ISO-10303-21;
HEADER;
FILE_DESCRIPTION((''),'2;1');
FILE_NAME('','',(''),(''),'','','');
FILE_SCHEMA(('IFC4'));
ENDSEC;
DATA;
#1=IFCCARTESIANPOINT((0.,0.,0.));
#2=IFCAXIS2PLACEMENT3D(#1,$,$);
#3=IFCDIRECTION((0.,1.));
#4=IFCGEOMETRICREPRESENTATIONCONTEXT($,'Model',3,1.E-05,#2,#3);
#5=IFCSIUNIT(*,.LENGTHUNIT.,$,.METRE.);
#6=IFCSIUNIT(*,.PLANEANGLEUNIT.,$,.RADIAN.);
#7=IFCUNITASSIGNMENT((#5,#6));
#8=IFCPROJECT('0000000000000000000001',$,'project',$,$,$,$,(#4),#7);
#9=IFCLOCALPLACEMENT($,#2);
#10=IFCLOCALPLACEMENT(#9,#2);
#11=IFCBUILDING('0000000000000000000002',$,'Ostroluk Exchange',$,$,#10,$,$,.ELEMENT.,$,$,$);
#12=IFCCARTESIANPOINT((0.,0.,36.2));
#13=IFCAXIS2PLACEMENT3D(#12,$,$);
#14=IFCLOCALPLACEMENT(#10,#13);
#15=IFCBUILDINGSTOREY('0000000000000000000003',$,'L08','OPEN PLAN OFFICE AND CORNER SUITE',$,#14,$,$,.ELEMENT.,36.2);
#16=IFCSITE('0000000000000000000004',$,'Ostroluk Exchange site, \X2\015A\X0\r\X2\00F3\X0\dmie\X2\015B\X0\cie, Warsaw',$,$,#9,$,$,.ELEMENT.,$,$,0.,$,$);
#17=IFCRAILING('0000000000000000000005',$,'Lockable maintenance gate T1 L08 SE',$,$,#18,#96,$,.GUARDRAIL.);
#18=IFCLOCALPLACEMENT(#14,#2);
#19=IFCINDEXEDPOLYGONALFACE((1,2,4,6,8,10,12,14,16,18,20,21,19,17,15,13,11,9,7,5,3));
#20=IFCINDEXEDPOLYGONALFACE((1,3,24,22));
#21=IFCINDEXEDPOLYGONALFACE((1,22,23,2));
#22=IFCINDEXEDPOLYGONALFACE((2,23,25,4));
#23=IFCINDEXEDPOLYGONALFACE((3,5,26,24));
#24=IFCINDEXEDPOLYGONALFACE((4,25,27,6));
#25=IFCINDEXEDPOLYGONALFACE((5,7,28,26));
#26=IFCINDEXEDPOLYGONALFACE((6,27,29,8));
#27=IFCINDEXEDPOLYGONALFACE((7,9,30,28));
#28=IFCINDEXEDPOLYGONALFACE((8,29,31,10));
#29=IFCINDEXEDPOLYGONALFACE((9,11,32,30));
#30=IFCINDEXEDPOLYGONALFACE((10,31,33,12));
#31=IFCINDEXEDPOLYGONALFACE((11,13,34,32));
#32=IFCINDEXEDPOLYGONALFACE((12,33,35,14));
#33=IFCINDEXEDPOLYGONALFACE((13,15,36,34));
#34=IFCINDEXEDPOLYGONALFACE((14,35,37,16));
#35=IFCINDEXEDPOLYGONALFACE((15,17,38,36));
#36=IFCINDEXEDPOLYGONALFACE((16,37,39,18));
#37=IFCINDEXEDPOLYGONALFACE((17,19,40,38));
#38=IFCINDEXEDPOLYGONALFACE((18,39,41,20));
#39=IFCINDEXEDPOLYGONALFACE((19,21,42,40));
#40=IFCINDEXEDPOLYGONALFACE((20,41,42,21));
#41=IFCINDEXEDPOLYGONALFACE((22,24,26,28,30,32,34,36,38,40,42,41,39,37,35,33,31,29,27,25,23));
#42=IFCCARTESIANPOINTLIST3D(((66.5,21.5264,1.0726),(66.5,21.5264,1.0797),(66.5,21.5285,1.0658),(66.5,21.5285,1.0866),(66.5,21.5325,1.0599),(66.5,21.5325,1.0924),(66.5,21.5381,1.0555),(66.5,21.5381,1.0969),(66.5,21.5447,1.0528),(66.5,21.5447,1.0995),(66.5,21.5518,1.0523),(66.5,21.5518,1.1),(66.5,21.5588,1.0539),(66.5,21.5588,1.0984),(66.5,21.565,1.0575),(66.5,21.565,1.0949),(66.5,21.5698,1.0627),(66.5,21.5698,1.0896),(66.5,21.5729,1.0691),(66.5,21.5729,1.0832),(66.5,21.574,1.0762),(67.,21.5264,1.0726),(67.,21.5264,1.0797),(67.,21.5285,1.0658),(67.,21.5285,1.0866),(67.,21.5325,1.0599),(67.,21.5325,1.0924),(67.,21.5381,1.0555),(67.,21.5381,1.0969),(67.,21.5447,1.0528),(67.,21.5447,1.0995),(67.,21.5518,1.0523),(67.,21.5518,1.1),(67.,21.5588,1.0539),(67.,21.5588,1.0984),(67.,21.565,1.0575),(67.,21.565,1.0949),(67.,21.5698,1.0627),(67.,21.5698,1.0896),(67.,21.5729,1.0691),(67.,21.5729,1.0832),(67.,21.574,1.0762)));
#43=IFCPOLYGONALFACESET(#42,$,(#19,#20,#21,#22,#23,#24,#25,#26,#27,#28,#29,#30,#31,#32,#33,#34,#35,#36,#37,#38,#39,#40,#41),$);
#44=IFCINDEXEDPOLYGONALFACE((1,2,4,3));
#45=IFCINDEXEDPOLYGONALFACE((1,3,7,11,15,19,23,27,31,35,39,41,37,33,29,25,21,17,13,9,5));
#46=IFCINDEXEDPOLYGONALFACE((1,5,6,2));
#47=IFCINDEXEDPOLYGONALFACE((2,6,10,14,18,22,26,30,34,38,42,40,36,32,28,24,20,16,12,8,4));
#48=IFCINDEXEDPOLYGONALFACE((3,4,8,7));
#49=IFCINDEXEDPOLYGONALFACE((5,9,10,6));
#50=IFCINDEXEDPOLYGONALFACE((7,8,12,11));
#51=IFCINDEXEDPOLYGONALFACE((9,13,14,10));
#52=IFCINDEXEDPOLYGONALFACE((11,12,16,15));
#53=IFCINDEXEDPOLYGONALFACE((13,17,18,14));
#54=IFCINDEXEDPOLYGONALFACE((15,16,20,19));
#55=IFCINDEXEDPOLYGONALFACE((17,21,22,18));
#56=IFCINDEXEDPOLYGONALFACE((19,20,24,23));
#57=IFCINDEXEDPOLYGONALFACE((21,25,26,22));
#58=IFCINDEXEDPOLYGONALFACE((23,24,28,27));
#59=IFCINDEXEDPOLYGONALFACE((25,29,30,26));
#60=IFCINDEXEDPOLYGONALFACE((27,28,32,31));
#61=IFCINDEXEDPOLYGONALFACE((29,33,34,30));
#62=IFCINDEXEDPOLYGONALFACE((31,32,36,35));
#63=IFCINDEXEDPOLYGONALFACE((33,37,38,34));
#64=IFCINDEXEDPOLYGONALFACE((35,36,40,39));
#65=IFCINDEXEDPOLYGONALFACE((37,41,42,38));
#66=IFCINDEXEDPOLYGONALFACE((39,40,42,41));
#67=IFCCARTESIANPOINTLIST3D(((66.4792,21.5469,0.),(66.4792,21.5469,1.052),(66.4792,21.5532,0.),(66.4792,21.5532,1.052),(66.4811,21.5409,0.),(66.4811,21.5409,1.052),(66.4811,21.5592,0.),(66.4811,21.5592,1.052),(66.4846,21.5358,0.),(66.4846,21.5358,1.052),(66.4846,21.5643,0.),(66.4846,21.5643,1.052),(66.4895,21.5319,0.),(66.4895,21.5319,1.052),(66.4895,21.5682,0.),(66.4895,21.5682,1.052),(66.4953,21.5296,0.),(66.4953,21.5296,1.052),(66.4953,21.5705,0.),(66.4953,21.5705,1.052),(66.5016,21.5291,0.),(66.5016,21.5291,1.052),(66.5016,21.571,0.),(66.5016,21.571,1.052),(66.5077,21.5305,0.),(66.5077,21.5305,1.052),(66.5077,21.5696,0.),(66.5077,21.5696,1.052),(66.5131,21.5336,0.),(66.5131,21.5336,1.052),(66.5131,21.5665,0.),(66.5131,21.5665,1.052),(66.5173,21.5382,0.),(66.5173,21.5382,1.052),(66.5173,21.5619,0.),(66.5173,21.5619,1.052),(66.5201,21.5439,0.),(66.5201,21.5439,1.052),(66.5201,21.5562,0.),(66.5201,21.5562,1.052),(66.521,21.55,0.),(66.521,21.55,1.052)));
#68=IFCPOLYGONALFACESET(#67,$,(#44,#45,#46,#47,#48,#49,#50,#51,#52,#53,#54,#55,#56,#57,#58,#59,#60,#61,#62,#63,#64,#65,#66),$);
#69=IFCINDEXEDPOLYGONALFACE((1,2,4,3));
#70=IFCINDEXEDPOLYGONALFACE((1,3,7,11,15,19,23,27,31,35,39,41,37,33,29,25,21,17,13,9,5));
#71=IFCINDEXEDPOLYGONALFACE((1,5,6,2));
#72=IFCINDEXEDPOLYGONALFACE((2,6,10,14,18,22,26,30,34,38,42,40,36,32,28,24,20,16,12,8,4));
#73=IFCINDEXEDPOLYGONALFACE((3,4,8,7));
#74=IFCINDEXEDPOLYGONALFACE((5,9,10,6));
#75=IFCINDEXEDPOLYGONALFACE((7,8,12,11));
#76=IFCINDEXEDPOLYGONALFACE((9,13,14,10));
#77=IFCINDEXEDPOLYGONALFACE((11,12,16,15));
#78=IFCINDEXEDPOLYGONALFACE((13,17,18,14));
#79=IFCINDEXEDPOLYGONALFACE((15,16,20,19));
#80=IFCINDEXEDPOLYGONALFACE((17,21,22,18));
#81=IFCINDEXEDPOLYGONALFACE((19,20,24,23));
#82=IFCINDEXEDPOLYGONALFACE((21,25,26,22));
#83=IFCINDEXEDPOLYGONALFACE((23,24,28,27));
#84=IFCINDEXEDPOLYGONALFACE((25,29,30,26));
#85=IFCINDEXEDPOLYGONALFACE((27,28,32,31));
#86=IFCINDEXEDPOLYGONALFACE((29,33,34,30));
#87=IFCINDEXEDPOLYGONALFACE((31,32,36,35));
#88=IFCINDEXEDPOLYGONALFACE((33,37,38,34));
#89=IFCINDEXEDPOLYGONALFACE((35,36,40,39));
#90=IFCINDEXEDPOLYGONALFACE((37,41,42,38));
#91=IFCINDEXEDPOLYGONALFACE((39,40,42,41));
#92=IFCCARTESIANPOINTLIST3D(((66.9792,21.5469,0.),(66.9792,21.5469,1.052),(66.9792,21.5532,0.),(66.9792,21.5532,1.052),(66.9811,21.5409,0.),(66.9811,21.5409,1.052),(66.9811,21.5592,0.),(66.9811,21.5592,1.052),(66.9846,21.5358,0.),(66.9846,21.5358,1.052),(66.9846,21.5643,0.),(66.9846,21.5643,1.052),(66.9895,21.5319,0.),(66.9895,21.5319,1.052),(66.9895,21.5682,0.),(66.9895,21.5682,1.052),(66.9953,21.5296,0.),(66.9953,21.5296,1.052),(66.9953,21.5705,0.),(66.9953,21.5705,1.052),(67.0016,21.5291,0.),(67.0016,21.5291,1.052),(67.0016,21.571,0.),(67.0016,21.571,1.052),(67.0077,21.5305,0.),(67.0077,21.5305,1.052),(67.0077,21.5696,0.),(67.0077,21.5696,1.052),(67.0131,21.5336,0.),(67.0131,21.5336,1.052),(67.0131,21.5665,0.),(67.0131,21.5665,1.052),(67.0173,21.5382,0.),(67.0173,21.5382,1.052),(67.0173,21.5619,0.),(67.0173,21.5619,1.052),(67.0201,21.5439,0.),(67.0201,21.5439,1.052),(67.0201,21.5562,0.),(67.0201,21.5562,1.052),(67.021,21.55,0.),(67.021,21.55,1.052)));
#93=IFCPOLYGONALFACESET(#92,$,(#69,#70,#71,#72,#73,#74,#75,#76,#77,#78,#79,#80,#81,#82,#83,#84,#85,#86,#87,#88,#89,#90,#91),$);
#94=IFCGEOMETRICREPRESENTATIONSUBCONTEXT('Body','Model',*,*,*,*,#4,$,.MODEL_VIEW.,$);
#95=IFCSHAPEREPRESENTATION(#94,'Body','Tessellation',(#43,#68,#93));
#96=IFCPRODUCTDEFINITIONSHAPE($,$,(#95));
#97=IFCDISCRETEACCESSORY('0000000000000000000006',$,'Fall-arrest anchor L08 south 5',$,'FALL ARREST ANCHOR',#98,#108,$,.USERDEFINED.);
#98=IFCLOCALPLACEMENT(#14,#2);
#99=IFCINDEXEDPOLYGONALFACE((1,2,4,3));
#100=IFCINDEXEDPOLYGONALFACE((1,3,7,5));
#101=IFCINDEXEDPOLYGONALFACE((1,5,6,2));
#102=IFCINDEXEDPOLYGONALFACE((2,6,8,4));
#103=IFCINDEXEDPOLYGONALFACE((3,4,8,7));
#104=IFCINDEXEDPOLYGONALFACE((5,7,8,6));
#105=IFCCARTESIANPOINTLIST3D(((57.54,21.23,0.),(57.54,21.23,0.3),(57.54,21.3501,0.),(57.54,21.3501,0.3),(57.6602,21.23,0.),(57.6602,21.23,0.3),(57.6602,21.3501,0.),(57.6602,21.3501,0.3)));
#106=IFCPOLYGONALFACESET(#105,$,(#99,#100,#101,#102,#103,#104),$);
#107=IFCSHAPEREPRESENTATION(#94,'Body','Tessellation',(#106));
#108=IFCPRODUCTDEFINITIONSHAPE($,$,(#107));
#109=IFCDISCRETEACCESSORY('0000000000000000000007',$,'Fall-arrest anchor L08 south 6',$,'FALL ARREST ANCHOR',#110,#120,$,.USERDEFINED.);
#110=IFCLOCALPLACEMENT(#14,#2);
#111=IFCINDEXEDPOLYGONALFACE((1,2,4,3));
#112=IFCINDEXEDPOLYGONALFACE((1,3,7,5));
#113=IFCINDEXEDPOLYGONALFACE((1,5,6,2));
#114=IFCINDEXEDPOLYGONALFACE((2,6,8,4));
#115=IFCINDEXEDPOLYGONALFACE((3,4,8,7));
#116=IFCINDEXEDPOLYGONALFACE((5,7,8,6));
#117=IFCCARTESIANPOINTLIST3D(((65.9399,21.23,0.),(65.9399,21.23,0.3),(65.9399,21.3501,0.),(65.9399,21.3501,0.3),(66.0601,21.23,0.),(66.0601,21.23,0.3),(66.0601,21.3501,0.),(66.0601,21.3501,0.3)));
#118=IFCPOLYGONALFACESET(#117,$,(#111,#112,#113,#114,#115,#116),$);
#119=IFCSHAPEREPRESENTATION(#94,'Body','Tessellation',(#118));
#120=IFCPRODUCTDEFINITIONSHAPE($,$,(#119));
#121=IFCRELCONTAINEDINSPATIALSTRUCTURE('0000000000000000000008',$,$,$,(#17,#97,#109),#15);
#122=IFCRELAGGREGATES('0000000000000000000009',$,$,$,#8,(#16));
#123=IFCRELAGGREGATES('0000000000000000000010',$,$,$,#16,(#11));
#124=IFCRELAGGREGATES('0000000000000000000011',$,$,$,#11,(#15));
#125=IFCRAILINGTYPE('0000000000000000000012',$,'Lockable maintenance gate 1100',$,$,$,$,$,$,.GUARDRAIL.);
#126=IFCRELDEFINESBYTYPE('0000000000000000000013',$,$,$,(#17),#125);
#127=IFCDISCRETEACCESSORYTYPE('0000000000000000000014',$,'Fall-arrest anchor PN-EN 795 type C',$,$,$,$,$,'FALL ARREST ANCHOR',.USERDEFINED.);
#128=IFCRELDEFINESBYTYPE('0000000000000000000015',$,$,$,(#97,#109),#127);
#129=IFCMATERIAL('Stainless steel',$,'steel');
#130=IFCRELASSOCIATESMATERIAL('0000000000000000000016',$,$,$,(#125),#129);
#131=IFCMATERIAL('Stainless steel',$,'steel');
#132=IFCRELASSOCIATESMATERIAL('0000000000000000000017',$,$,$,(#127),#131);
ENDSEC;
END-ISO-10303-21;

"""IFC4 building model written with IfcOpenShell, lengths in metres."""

from ifc_helpers import new_model, si_unit, direction, frame, origin, origin_2d, place, context, subcontext, project, spatial, rectangle, circle, extrude, material, type_object, element, save


model = new_model("IFC4")

# Units and contexts
model_context = context("Model", 3, precision=1e-05, world=origin(), true_north=direction((0.0, 1.0)))
body_context = subcontext(model_context, "Body", "Model", "MODEL_VIEW")
ifc_project = project(units=[si_unit("LENGTHUNIT", "METRE"), si_unit("PLANEANGLEUNIT", "RADIAN")], contexts=[model_context])

# Site, building, storey
site_placement = place(None, origin())
site = spatial("IfcSite", under=ifc_project, at=site_placement, Name="Ostroluk Exchange site, Śródmieście, Warsaw", CompositionType="ELEMENT", RefElevation=0.0)
building_placement = place(site_placement, origin())
building = spatial("IfcBuilding", under=site, at=building_placement, Name="Ostroluk Exchange", CompositionType="ELEMENT")
storey_placement = place(building_placement, frame((0.0, 0.0, 36.2)))
storey = spatial("IfcBuildingStorey", under=building, at=storey_placement, Name="L08", Description="OPEN PLAN OFFICE AND CORNER SUITE", CompositionType="ELEMENT", Elevation=36.2)

# Railing
ifc_material_1 = material(Name="Stainless steel", Category="steel")
railing_type_1 = type_object("IfcRailingType", Name="Lockable maintenance gate 1100", PredefinedType="GUARDRAIL", material=ifc_material_1)
railing_1_placement = place(storey_placement, frame((66.5, 21.55, 0.0)))
element("IfcRailing", 1, at=railing_1_placement, inside=storey, type_object=railing_type_1, Name="Lockable maintenance gate T1 L08 SE", PredefinedType="GUARDRAIL", context=body_context, shape_type="SweptSolid", body=[
    extrude(circle(Radius=0.0239, at=origin_2d()), frame((0.0, 0.0, 1.0762), z_axis=(1.0, 0.0, 0.0), x_axis=(0.0, 1.0, 0.0)), (0.0, 0.0, 1.0), 0.5),
    extrude(circle(Radius=0.021, at=origin_2d()), origin(), (0.0, 0.0, 1.0), 1.052),
    extrude(circle(Radius=0.021, at=origin_2d()), frame((0.5, 0.0, 0.0)), (0.0, 0.0, 1.0), 1.052),
])

# Discrete accessories
ifc_material_2 = material(Name="Stainless steel", Category="steel")
discrete_accessory_type = type_object("IfcDiscreteAccessoryType", Name="Fall-arrest anchor PN-EN 795 type C", ElementType="FALL ARREST ANCHOR", PredefinedType="USERDEFINED", material=ifc_material_2)
for number, where, z_axis, x_axis, name in (
    (2, (57.6001, 21.29, 0.0), (0.0, 0.0, 1.0), (1.0, 0.0, 0.0), "Fall-arrest anchor L08 south 5"),
    (3, (66.0, 21.29, 0.0), (0.0, 0.0, 1.0), (1.0, 0.0, 0.0), "Fall-arrest anchor L08 south 6"),
):
    element("IfcDiscreteAccessory", number, at=place(storey_placement, frame(where, z_axis=z_axis, x_axis=x_axis)), inside=storey, type_object=discrete_accessory_type, Name=name, ObjectType="FALL ARREST ANCHOR", PredefinedType="USERDEFINED", context=body_context, shape_type="SweptSolid", body=[
        extrude(rectangle(XDim=0.1201, YDim=0.1201, at=origin_2d()), origin(), (0.0, 0.0, 1.0), 0.3),
    ])

save(model, "model.ifc")
